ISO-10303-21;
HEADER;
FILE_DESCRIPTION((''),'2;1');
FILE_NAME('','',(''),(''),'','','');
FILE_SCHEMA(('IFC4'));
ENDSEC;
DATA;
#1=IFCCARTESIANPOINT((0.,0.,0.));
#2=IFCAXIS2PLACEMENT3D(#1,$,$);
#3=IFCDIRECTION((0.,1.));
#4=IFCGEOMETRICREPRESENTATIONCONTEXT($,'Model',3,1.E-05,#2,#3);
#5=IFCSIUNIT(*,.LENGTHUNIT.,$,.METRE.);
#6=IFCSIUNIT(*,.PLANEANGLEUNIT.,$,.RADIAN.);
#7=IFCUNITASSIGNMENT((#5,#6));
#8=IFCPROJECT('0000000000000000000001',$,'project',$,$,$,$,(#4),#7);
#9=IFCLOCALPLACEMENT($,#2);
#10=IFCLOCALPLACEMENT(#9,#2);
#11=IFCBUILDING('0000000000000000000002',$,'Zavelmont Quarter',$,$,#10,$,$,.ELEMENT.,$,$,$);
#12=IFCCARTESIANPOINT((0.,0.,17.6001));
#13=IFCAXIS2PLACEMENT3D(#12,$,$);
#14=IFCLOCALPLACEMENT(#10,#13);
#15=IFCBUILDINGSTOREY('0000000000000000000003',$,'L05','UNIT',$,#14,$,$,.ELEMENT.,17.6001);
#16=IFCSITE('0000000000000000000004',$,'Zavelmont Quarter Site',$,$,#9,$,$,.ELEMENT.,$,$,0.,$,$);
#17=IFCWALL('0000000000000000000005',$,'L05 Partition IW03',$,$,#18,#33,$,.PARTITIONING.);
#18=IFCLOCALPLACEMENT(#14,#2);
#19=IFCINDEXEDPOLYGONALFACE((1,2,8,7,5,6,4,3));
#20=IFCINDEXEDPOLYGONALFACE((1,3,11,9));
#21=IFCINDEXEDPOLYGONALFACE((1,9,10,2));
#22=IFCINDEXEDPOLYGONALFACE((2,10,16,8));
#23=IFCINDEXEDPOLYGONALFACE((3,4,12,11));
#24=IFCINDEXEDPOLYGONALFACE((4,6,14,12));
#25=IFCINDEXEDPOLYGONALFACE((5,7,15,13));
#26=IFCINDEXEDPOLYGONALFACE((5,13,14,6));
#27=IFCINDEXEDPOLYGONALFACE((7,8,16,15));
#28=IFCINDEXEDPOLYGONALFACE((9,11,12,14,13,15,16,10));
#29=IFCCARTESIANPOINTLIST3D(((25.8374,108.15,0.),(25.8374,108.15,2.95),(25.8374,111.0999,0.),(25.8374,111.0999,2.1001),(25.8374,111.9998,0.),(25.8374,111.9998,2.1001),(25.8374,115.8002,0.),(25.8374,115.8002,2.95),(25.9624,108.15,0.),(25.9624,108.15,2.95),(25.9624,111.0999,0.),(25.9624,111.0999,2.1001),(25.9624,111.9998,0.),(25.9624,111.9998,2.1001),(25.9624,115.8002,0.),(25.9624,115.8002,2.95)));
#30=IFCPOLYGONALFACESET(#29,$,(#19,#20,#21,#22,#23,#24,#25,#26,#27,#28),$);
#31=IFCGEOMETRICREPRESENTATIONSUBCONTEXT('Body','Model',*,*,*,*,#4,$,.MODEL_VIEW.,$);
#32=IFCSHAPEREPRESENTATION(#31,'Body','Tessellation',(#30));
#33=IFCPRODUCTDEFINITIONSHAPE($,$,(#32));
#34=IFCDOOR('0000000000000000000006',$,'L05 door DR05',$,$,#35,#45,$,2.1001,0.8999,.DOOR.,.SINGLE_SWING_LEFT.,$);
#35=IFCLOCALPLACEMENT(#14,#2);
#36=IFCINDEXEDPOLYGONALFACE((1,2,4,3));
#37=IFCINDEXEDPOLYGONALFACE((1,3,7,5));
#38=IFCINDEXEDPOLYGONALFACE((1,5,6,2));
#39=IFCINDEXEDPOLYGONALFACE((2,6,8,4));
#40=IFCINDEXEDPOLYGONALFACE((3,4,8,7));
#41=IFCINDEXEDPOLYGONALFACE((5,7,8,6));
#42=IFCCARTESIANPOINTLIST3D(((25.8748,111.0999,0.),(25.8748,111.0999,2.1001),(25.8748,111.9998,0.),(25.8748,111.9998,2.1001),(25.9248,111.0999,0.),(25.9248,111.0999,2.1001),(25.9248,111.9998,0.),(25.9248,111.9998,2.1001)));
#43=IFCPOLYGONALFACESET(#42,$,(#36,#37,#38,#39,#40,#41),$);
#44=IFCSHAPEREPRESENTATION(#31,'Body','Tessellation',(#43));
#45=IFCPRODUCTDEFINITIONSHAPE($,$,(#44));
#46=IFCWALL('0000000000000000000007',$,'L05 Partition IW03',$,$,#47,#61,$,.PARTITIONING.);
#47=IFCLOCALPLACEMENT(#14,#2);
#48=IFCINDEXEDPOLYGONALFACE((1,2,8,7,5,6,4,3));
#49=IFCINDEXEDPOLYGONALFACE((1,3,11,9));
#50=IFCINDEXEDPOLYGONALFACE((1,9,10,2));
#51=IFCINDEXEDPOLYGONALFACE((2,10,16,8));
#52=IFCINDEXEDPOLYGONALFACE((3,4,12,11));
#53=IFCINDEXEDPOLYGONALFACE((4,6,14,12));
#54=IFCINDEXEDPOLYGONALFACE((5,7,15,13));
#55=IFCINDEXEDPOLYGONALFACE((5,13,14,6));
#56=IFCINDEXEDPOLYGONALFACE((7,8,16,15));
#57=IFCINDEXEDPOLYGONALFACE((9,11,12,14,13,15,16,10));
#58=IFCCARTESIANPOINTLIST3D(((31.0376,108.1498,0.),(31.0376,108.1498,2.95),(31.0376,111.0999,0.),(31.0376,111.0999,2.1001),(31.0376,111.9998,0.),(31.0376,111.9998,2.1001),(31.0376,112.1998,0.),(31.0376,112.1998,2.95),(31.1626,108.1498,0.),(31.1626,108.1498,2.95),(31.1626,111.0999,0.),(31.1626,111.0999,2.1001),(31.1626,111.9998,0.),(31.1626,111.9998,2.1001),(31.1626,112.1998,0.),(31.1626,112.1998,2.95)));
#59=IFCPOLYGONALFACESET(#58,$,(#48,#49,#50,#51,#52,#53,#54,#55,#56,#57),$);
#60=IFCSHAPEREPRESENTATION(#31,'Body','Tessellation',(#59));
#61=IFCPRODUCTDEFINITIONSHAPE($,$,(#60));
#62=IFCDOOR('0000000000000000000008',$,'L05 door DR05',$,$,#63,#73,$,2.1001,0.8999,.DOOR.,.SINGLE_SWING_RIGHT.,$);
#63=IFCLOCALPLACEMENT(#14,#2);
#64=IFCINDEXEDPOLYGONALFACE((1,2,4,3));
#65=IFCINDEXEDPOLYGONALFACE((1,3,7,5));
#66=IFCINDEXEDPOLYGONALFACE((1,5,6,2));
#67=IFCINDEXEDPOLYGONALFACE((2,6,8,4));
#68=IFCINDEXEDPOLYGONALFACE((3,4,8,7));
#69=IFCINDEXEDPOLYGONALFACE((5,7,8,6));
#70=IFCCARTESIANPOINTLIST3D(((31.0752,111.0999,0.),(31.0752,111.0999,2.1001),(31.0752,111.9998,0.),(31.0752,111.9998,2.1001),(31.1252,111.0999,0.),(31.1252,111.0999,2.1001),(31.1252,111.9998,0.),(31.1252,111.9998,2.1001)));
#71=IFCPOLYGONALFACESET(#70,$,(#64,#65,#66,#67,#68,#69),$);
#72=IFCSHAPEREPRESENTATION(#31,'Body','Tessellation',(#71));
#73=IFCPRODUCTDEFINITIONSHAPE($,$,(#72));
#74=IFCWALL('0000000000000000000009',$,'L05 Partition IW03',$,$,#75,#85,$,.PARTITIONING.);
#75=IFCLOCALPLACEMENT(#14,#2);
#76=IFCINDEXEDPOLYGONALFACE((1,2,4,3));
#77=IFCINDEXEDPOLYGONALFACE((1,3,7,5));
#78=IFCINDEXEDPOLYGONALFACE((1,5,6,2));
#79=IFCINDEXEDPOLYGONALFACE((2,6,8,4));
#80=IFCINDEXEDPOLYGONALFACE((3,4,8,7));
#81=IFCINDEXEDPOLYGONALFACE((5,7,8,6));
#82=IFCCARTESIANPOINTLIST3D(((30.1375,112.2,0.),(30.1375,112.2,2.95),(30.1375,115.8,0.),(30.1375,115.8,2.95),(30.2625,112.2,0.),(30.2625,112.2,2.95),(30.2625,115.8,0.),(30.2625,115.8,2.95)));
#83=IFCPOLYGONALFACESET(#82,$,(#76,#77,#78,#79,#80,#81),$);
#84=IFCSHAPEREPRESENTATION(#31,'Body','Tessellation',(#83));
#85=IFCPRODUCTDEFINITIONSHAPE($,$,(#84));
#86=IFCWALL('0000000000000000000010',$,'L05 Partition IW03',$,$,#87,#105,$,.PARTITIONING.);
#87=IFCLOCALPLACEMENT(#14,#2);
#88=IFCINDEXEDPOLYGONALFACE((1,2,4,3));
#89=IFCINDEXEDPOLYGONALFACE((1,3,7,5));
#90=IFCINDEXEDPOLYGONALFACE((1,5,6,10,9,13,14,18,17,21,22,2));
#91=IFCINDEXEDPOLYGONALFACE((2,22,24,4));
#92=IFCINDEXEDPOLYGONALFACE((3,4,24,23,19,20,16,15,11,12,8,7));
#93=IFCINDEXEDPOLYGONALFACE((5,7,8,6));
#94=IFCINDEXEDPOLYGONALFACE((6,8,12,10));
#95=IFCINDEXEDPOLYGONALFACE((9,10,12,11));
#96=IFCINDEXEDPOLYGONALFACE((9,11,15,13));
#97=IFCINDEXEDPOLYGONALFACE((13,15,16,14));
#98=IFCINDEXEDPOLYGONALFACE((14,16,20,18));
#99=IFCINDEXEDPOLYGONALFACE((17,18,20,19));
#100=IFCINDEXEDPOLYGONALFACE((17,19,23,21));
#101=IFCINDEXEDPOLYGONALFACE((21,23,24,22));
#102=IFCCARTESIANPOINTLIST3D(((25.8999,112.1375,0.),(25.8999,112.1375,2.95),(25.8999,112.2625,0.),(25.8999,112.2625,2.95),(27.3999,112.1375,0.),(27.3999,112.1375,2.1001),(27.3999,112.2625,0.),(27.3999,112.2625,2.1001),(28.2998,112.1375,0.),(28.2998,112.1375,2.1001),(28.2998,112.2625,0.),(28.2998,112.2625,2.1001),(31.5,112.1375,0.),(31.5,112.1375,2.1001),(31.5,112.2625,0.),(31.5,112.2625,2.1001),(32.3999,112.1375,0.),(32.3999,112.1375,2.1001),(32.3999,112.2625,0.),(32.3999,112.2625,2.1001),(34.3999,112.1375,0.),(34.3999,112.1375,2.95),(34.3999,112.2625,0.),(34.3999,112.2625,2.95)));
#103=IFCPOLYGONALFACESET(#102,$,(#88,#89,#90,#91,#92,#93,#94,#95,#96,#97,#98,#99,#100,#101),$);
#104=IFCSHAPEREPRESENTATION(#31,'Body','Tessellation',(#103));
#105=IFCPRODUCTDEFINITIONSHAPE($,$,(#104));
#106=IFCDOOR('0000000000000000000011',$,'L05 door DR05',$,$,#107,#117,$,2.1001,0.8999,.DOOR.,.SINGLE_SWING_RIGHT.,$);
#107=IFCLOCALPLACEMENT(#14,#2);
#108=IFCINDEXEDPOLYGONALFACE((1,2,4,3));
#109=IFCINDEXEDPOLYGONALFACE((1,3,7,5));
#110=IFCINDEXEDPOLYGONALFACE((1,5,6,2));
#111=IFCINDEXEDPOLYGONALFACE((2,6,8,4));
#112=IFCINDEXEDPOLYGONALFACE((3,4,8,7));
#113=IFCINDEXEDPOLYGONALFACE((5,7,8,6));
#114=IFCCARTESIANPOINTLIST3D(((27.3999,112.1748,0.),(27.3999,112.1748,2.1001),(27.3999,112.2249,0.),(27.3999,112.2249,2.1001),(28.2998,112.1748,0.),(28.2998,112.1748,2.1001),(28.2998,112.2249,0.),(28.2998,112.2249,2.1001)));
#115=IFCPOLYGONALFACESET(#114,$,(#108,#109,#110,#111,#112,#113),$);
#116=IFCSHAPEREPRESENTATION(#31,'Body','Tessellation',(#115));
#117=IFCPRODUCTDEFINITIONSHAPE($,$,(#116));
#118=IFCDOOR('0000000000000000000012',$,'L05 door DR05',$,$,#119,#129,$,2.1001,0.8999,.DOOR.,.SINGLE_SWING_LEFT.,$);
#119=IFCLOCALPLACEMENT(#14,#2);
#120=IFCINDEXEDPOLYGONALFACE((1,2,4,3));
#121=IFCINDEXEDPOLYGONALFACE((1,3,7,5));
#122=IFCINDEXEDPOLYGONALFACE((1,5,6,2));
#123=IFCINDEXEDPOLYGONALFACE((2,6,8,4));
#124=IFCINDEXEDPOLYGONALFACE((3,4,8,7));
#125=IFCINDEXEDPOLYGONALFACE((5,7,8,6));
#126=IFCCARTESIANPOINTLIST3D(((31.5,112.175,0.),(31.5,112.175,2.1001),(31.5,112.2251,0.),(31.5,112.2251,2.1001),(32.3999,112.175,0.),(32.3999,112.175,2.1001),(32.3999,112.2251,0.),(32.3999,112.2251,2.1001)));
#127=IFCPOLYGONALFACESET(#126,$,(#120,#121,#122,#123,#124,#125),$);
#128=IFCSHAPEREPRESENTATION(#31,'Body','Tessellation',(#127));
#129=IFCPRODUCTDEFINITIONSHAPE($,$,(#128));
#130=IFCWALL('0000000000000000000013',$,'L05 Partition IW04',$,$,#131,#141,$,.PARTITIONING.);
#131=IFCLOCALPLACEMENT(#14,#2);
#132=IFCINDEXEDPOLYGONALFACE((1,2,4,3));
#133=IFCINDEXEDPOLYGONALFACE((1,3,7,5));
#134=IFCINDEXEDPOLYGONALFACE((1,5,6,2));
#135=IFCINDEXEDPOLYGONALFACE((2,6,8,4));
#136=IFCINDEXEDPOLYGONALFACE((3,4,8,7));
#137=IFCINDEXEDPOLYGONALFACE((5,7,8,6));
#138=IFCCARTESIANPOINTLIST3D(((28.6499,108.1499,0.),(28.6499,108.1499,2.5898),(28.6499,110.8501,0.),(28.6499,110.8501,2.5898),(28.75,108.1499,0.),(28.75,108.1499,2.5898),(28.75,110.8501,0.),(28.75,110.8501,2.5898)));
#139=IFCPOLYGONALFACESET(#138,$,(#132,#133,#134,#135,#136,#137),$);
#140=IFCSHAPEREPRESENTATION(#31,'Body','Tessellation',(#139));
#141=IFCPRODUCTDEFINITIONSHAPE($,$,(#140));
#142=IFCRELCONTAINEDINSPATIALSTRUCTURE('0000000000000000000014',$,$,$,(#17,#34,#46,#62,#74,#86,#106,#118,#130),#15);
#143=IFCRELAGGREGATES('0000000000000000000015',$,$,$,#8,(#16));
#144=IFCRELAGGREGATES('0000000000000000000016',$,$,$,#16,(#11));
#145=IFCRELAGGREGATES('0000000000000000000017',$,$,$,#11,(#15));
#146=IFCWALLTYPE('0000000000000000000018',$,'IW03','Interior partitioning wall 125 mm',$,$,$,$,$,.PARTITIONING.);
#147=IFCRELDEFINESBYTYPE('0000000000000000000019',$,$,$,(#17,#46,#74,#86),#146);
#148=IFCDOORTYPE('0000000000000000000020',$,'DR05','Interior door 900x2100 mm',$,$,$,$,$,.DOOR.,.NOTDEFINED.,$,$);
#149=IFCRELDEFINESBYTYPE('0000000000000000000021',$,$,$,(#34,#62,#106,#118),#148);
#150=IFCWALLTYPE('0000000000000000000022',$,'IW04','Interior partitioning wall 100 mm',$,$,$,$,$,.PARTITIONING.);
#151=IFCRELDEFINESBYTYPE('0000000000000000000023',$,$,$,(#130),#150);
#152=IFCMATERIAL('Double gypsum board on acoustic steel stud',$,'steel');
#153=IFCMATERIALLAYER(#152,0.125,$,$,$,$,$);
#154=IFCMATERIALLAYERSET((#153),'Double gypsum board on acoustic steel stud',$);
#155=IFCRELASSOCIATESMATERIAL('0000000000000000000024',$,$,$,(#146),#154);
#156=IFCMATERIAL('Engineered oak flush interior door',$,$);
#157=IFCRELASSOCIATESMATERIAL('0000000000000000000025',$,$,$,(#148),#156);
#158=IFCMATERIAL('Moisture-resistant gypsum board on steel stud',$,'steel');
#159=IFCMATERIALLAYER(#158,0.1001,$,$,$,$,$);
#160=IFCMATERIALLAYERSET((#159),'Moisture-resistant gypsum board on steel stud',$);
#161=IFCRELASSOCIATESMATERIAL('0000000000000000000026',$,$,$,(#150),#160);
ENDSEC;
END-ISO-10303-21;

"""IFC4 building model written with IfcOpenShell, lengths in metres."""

from ifc_helpers import new_model, si_unit, direction, frame, frame_2d, origin, origin_with_axes, place, context, subcontext, project, spatial, rectangle, extrude, material, layer, layer_set, type_object, element, fill, save


model = new_model("IFC4")

# Units and contexts
model_context = context("Model", 3, precision=1e-05, world=origin(), true_north=direction((0.0, 1.0)))
body_context = subcontext(model_context, "Body", "Model", "MODEL_VIEW")
ifc_project = project(units=[si_unit("LENGTHUNIT", "METRE"), si_unit("PLANEANGLEUNIT", "RADIAN")], contexts=[model_context])

# Site, building, storey
site_placement = place(None, origin())
site = spatial("IfcSite", under=ifc_project, at=site_placement, Name="Zavelmont Quarter Site", CompositionType="ELEMENT", RefElevation=0.0)
building_placement = place(site_placement, origin())
building = spatial("IfcBuilding", under=site, at=building_placement, Name="Zavelmont Quarter", CompositionType="ELEMENT")
storey_placement = place(building_placement, frame((0.0, 0.0, 17.6001)))
storey = spatial("IfcBuildingStorey", under=building, at=storey_placement, Name="L05", Description="UNIT", CompositionType="ELEMENT", Elevation=17.6001)

# Walls, openings, doors
ifc_material_1 = material(Name="Double gypsum board on acoustic steel stud", Category="steel")
ifc_layer_1 = layer(ifc_material_1, 0.125)
ifc_layer_set_1 = layer_set([ifc_layer_1], Name="Double gypsum board on acoustic steel stud")
wall_type_1 = type_object("IfcWallType", Name="IW03", Description="Interior partitioning wall 125 mm", PredefinedType="PARTITIONING", material=ifc_layer_set_1)
wall_1_placement = place(storey_placement, frame((25.8999, 108.1499, 0.0), z_axis=(0.0, 0.0, 1.0), x_axis=(0.0, 1.0, 0.0)))
wall_1 = element("IfcWall", 1, at=wall_1_placement, inside=storey, type_object=wall_type_1, Name="L05 Partition IW03", PredefinedType="PARTITIONING", context=body_context, shape_type="SweptSolid", body=[
    extrude(rectangle(XDim=7.6501, YDim=0.125, at=frame_2d((3.8252, 0.0))), origin(), (0.0, 0.0, 1.0), 2.95),
])
opening_1_placement = place(wall_1_placement, frame((2.95, 0.0, 0.0)))
opening_1 = element("IfcOpeningElement", 2, at=opening_1_placement, cuts=wall_1, PredefinedType="OPENING", context=body_context, shape_type="SweptSolid", body=[
    extrude(rectangle(XDim=0.8999, YDim=2.1001, at=frame_2d((0.45, 1.05))), frame((0.0, 0.0745, 0.0), z_axis=(0.0, -1.0, 0.0), x_axis=(1.0, 0.0, 0.0)), (0.0, 0.0, 1.0), 0.1489),
])
ifc_material_2 = material(Name="Engineered oak flush interior door")
door_type_1 = type_object("IfcDoorType", Name="DR05", Description="Interior door 900x2100 mm", OperationType="NOTDEFINED", PredefinedType="DOOR", material=ifc_material_2)
door_1_placement = place(opening_1_placement, frame((0.8999, 0.0, 0.0), z_axis=(0.0, 0.0, 1.0), x_axis=(-1.0, 0.0, 0.0)))
door_1 = element("IfcDoor", 3, at=door_1_placement, inside=storey, type_object=door_type_1, Name="L05 door DR05", OperationType="SINGLE_SWING_LEFT", OverallHeight=2.1001, OverallWidth=0.8999, PredefinedType="DOOR", context=body_context, shape_type="SweptSolid", body=[
    extrude(rectangle(XDim=0.8999, YDim=2.1001, at=frame_2d((0.45, 1.05))), frame((0.0, 0.0249, 0.0), z_axis=(0.0, -1.0, 0.0), x_axis=(1.0, 0.0, 0.0)), (0.0, 0.0, 1.0), 0.05),
])
fill(opening_1, door_1)
wall_2_placement = place(storey_placement, frame((31.1001, 108.1499, 0.0), z_axis=(0.0, 0.0, 1.0), x_axis=(0.0, 1.0, 0.0)))
wall_2 = element("IfcWall", 4, at=wall_2_placement, inside=storey, type_object=wall_type_1, Name="L05 Partition IW03", PredefinedType="PARTITIONING", context=body_context, shape_type="SweptSolid", body=[
    extrude(rectangle(XDim=4.05, YDim=0.125, at=frame_2d((2.0249, 0.0))), origin(), (0.0, 0.0, 1.0), 2.95),
])
opening_2_placement = place(wall_2_placement, frame((2.95, 0.0, 0.0)))
opening_2 = element("IfcOpeningElement", 5, at=opening_2_placement, cuts=wall_2, PredefinedType="OPENING", context=body_context, shape_type="SweptSolid", body=[
    extrude(rectangle(XDim=0.8999, YDim=2.1001, at=frame_2d((0.45, 1.05))), frame((0.0, 0.0745, 0.0), z_axis=(0.0, -1.0, 0.0), x_axis=(1.0, 0.0, 0.0)), (0.0, 0.0, 1.0), 0.1489),
])
door_2_placement = place(opening_2_placement, origin_with_axes())
door_2 = element("IfcDoor", 6, at=door_2_placement, inside=storey, type_object=door_type_1, Name="L05 door DR05", OperationType="SINGLE_SWING_RIGHT", OverallHeight=2.1001, OverallWidth=0.8999, PredefinedType="DOOR", context=body_context, shape_type="SweptSolid", body=[
    extrude(rectangle(XDim=0.8999, YDim=2.1001, at=frame_2d((0.45, 1.05))), frame((0.0, 0.0249, 0.0), z_axis=(0.0, -1.0, 0.0), x_axis=(1.0, 0.0, 0.0)), (0.0, 0.0, 1.0), 0.05),
])
fill(opening_2, door_2)

# Wall
wall_3_placement = place(storey_placement, frame((30.2, 112.2, 0.0), z_axis=(0.0, 0.0, 1.0), x_axis=(0.0, 1.0, 0.0)))
element("IfcWall", 7, at=wall_3_placement, inside=storey, type_object=wall_type_1, Name="L05 Partition IW03", PredefinedType="PARTITIONING", context=body_context, shape_type="SweptSolid", body=[
    extrude(rectangle(XDim=3.6001, YDim=0.125, at=frame_2d((1.8, 0.0))), origin(), (0.0, 0.0, 1.0), 2.95),
])

# Wall, openings, doors
wall_4_placement = place(storey_placement, frame((25.8999, 112.2, 0.0), z_axis=(0.0, 0.0, 1.0), x_axis=(1.0, 0.0, 0.0)))
wall_4 = element("IfcWall", 8, at=wall_4_placement, inside=storey, type_object=wall_type_1, Name="L05 Partition IW03", PredefinedType="PARTITIONING", context=body_context, shape_type="SweptSolid", body=[
    extrude(rectangle(XDim=8.5, YDim=0.125, at=frame_2d((4.25, 0.0))), origin(), (0.0, 0.0, 1.0), 2.95),
])
opening_3_placement = place(wall_4_placement, frame((1.5, 0.0, 0.0)))
opening_3 = element("IfcOpeningElement", 9, at=opening_3_placement, cuts=wall_4, PredefinedType="OPENING", context=body_context, shape_type="SweptSolid", body=[
    extrude(rectangle(XDim=0.8999, YDim=2.1001, at=frame_2d((0.45, 1.05))), frame((0.0, 0.0745, 0.0), z_axis=(0.0, -1.0, 0.0), x_axis=(1.0, 0.0, 0.0)), (0.0, 0.0, 1.0), 0.1489),
])
opening_4_placement = place(wall_4_placement, frame((5.6001, 0.0, 0.0)))
opening_4 = element("IfcOpeningElement", 10, at=opening_4_placement, cuts=wall_4, PredefinedType="OPENING", context=body_context, shape_type="SweptSolid", body=[
    extrude(rectangle(XDim=0.8999, YDim=2.1001, at=frame_2d((0.45, 1.05))), frame((0.0, 0.0745, 0.0), z_axis=(0.0, -1.0, 0.0), x_axis=(1.0, 0.0, 0.0)), (0.0, 0.0, 1.0), 0.1489),
])
door_3_placement = place(opening_3_placement, origin_with_axes())
door_3 = element("IfcDoor", 11, at=door_3_placement, inside=storey, type_object=door_type_1, Name="L05 door DR05", OperationType="SINGLE_SWING_RIGHT", OverallHeight=2.1001, OverallWidth=0.8999, PredefinedType="DOOR", context=body_context, shape_type="SweptSolid", body=[
    extrude(rectangle(XDim=0.8999, YDim=2.1001, at=frame_2d((0.45, 1.05))), frame((0.0, 0.0249, 0.0), z_axis=(0.0, -1.0, 0.0), x_axis=(1.0, 0.0, 0.0)), (0.0, 0.0, 1.0), 0.05),
])
fill(opening_3, door_3)
door_4_placement = place(opening_4_placement, frame((0.8999, 0.0, 0.0), z_axis=(0.0, 0.0, 1.0), x_axis=(-1.0, 0.0, 0.0)))
door_4 = element("IfcDoor", 12, at=door_4_placement, inside=storey, type_object=door_type_1, Name="L05 door DR05", OperationType="SINGLE_SWING_LEFT", OverallHeight=2.1001, OverallWidth=0.8999, PredefinedType="DOOR", context=body_context, shape_type="SweptSolid", body=[
    extrude(rectangle(XDim=0.8999, YDim=2.1001, at=frame_2d((0.45, 1.05))), frame((0.0, 0.0249, 0.0), z_axis=(0.0, -1.0, 0.0), x_axis=(1.0, 0.0, 0.0)), (0.0, 0.0, 1.0), 0.05),
])
fill(opening_4, door_4)

# Wall
ifc_material_3 = material(Name="Moisture-resistant gypsum board on steel stud", Category="steel")
ifc_layer_2 = layer(ifc_material_3, 0.1001)
ifc_layer_set_2 = layer_set([ifc_layer_2], Name="Moisture-resistant gypsum board on steel stud")
wall_type_2 = type_object("IfcWallType", Name="IW04", Description="Interior partitioning wall 100 mm", PredefinedType="PARTITIONING", material=ifc_layer_set_2)
wall_5_placement = place(storey_placement, frame((28.7, 108.1499, 0.0), z_axis=(0.0, 0.0, 1.0), x_axis=(0.0, 1.0, 0.0)))
element("IfcWall", 13, at=wall_5_placement, inside=storey, type_object=wall_type_2, Name="L05 Partition IW04", PredefinedType="PARTITIONING", context=body_context, shape_type="SweptSolid", body=[
    extrude(rectangle(XDim=2.7002, YDim=0.1001, at=frame_2d((1.3501, 0.0))), origin(), (0.0, 0.0, 1.0), 2.5898),
])

save(model, "model.ifc")
